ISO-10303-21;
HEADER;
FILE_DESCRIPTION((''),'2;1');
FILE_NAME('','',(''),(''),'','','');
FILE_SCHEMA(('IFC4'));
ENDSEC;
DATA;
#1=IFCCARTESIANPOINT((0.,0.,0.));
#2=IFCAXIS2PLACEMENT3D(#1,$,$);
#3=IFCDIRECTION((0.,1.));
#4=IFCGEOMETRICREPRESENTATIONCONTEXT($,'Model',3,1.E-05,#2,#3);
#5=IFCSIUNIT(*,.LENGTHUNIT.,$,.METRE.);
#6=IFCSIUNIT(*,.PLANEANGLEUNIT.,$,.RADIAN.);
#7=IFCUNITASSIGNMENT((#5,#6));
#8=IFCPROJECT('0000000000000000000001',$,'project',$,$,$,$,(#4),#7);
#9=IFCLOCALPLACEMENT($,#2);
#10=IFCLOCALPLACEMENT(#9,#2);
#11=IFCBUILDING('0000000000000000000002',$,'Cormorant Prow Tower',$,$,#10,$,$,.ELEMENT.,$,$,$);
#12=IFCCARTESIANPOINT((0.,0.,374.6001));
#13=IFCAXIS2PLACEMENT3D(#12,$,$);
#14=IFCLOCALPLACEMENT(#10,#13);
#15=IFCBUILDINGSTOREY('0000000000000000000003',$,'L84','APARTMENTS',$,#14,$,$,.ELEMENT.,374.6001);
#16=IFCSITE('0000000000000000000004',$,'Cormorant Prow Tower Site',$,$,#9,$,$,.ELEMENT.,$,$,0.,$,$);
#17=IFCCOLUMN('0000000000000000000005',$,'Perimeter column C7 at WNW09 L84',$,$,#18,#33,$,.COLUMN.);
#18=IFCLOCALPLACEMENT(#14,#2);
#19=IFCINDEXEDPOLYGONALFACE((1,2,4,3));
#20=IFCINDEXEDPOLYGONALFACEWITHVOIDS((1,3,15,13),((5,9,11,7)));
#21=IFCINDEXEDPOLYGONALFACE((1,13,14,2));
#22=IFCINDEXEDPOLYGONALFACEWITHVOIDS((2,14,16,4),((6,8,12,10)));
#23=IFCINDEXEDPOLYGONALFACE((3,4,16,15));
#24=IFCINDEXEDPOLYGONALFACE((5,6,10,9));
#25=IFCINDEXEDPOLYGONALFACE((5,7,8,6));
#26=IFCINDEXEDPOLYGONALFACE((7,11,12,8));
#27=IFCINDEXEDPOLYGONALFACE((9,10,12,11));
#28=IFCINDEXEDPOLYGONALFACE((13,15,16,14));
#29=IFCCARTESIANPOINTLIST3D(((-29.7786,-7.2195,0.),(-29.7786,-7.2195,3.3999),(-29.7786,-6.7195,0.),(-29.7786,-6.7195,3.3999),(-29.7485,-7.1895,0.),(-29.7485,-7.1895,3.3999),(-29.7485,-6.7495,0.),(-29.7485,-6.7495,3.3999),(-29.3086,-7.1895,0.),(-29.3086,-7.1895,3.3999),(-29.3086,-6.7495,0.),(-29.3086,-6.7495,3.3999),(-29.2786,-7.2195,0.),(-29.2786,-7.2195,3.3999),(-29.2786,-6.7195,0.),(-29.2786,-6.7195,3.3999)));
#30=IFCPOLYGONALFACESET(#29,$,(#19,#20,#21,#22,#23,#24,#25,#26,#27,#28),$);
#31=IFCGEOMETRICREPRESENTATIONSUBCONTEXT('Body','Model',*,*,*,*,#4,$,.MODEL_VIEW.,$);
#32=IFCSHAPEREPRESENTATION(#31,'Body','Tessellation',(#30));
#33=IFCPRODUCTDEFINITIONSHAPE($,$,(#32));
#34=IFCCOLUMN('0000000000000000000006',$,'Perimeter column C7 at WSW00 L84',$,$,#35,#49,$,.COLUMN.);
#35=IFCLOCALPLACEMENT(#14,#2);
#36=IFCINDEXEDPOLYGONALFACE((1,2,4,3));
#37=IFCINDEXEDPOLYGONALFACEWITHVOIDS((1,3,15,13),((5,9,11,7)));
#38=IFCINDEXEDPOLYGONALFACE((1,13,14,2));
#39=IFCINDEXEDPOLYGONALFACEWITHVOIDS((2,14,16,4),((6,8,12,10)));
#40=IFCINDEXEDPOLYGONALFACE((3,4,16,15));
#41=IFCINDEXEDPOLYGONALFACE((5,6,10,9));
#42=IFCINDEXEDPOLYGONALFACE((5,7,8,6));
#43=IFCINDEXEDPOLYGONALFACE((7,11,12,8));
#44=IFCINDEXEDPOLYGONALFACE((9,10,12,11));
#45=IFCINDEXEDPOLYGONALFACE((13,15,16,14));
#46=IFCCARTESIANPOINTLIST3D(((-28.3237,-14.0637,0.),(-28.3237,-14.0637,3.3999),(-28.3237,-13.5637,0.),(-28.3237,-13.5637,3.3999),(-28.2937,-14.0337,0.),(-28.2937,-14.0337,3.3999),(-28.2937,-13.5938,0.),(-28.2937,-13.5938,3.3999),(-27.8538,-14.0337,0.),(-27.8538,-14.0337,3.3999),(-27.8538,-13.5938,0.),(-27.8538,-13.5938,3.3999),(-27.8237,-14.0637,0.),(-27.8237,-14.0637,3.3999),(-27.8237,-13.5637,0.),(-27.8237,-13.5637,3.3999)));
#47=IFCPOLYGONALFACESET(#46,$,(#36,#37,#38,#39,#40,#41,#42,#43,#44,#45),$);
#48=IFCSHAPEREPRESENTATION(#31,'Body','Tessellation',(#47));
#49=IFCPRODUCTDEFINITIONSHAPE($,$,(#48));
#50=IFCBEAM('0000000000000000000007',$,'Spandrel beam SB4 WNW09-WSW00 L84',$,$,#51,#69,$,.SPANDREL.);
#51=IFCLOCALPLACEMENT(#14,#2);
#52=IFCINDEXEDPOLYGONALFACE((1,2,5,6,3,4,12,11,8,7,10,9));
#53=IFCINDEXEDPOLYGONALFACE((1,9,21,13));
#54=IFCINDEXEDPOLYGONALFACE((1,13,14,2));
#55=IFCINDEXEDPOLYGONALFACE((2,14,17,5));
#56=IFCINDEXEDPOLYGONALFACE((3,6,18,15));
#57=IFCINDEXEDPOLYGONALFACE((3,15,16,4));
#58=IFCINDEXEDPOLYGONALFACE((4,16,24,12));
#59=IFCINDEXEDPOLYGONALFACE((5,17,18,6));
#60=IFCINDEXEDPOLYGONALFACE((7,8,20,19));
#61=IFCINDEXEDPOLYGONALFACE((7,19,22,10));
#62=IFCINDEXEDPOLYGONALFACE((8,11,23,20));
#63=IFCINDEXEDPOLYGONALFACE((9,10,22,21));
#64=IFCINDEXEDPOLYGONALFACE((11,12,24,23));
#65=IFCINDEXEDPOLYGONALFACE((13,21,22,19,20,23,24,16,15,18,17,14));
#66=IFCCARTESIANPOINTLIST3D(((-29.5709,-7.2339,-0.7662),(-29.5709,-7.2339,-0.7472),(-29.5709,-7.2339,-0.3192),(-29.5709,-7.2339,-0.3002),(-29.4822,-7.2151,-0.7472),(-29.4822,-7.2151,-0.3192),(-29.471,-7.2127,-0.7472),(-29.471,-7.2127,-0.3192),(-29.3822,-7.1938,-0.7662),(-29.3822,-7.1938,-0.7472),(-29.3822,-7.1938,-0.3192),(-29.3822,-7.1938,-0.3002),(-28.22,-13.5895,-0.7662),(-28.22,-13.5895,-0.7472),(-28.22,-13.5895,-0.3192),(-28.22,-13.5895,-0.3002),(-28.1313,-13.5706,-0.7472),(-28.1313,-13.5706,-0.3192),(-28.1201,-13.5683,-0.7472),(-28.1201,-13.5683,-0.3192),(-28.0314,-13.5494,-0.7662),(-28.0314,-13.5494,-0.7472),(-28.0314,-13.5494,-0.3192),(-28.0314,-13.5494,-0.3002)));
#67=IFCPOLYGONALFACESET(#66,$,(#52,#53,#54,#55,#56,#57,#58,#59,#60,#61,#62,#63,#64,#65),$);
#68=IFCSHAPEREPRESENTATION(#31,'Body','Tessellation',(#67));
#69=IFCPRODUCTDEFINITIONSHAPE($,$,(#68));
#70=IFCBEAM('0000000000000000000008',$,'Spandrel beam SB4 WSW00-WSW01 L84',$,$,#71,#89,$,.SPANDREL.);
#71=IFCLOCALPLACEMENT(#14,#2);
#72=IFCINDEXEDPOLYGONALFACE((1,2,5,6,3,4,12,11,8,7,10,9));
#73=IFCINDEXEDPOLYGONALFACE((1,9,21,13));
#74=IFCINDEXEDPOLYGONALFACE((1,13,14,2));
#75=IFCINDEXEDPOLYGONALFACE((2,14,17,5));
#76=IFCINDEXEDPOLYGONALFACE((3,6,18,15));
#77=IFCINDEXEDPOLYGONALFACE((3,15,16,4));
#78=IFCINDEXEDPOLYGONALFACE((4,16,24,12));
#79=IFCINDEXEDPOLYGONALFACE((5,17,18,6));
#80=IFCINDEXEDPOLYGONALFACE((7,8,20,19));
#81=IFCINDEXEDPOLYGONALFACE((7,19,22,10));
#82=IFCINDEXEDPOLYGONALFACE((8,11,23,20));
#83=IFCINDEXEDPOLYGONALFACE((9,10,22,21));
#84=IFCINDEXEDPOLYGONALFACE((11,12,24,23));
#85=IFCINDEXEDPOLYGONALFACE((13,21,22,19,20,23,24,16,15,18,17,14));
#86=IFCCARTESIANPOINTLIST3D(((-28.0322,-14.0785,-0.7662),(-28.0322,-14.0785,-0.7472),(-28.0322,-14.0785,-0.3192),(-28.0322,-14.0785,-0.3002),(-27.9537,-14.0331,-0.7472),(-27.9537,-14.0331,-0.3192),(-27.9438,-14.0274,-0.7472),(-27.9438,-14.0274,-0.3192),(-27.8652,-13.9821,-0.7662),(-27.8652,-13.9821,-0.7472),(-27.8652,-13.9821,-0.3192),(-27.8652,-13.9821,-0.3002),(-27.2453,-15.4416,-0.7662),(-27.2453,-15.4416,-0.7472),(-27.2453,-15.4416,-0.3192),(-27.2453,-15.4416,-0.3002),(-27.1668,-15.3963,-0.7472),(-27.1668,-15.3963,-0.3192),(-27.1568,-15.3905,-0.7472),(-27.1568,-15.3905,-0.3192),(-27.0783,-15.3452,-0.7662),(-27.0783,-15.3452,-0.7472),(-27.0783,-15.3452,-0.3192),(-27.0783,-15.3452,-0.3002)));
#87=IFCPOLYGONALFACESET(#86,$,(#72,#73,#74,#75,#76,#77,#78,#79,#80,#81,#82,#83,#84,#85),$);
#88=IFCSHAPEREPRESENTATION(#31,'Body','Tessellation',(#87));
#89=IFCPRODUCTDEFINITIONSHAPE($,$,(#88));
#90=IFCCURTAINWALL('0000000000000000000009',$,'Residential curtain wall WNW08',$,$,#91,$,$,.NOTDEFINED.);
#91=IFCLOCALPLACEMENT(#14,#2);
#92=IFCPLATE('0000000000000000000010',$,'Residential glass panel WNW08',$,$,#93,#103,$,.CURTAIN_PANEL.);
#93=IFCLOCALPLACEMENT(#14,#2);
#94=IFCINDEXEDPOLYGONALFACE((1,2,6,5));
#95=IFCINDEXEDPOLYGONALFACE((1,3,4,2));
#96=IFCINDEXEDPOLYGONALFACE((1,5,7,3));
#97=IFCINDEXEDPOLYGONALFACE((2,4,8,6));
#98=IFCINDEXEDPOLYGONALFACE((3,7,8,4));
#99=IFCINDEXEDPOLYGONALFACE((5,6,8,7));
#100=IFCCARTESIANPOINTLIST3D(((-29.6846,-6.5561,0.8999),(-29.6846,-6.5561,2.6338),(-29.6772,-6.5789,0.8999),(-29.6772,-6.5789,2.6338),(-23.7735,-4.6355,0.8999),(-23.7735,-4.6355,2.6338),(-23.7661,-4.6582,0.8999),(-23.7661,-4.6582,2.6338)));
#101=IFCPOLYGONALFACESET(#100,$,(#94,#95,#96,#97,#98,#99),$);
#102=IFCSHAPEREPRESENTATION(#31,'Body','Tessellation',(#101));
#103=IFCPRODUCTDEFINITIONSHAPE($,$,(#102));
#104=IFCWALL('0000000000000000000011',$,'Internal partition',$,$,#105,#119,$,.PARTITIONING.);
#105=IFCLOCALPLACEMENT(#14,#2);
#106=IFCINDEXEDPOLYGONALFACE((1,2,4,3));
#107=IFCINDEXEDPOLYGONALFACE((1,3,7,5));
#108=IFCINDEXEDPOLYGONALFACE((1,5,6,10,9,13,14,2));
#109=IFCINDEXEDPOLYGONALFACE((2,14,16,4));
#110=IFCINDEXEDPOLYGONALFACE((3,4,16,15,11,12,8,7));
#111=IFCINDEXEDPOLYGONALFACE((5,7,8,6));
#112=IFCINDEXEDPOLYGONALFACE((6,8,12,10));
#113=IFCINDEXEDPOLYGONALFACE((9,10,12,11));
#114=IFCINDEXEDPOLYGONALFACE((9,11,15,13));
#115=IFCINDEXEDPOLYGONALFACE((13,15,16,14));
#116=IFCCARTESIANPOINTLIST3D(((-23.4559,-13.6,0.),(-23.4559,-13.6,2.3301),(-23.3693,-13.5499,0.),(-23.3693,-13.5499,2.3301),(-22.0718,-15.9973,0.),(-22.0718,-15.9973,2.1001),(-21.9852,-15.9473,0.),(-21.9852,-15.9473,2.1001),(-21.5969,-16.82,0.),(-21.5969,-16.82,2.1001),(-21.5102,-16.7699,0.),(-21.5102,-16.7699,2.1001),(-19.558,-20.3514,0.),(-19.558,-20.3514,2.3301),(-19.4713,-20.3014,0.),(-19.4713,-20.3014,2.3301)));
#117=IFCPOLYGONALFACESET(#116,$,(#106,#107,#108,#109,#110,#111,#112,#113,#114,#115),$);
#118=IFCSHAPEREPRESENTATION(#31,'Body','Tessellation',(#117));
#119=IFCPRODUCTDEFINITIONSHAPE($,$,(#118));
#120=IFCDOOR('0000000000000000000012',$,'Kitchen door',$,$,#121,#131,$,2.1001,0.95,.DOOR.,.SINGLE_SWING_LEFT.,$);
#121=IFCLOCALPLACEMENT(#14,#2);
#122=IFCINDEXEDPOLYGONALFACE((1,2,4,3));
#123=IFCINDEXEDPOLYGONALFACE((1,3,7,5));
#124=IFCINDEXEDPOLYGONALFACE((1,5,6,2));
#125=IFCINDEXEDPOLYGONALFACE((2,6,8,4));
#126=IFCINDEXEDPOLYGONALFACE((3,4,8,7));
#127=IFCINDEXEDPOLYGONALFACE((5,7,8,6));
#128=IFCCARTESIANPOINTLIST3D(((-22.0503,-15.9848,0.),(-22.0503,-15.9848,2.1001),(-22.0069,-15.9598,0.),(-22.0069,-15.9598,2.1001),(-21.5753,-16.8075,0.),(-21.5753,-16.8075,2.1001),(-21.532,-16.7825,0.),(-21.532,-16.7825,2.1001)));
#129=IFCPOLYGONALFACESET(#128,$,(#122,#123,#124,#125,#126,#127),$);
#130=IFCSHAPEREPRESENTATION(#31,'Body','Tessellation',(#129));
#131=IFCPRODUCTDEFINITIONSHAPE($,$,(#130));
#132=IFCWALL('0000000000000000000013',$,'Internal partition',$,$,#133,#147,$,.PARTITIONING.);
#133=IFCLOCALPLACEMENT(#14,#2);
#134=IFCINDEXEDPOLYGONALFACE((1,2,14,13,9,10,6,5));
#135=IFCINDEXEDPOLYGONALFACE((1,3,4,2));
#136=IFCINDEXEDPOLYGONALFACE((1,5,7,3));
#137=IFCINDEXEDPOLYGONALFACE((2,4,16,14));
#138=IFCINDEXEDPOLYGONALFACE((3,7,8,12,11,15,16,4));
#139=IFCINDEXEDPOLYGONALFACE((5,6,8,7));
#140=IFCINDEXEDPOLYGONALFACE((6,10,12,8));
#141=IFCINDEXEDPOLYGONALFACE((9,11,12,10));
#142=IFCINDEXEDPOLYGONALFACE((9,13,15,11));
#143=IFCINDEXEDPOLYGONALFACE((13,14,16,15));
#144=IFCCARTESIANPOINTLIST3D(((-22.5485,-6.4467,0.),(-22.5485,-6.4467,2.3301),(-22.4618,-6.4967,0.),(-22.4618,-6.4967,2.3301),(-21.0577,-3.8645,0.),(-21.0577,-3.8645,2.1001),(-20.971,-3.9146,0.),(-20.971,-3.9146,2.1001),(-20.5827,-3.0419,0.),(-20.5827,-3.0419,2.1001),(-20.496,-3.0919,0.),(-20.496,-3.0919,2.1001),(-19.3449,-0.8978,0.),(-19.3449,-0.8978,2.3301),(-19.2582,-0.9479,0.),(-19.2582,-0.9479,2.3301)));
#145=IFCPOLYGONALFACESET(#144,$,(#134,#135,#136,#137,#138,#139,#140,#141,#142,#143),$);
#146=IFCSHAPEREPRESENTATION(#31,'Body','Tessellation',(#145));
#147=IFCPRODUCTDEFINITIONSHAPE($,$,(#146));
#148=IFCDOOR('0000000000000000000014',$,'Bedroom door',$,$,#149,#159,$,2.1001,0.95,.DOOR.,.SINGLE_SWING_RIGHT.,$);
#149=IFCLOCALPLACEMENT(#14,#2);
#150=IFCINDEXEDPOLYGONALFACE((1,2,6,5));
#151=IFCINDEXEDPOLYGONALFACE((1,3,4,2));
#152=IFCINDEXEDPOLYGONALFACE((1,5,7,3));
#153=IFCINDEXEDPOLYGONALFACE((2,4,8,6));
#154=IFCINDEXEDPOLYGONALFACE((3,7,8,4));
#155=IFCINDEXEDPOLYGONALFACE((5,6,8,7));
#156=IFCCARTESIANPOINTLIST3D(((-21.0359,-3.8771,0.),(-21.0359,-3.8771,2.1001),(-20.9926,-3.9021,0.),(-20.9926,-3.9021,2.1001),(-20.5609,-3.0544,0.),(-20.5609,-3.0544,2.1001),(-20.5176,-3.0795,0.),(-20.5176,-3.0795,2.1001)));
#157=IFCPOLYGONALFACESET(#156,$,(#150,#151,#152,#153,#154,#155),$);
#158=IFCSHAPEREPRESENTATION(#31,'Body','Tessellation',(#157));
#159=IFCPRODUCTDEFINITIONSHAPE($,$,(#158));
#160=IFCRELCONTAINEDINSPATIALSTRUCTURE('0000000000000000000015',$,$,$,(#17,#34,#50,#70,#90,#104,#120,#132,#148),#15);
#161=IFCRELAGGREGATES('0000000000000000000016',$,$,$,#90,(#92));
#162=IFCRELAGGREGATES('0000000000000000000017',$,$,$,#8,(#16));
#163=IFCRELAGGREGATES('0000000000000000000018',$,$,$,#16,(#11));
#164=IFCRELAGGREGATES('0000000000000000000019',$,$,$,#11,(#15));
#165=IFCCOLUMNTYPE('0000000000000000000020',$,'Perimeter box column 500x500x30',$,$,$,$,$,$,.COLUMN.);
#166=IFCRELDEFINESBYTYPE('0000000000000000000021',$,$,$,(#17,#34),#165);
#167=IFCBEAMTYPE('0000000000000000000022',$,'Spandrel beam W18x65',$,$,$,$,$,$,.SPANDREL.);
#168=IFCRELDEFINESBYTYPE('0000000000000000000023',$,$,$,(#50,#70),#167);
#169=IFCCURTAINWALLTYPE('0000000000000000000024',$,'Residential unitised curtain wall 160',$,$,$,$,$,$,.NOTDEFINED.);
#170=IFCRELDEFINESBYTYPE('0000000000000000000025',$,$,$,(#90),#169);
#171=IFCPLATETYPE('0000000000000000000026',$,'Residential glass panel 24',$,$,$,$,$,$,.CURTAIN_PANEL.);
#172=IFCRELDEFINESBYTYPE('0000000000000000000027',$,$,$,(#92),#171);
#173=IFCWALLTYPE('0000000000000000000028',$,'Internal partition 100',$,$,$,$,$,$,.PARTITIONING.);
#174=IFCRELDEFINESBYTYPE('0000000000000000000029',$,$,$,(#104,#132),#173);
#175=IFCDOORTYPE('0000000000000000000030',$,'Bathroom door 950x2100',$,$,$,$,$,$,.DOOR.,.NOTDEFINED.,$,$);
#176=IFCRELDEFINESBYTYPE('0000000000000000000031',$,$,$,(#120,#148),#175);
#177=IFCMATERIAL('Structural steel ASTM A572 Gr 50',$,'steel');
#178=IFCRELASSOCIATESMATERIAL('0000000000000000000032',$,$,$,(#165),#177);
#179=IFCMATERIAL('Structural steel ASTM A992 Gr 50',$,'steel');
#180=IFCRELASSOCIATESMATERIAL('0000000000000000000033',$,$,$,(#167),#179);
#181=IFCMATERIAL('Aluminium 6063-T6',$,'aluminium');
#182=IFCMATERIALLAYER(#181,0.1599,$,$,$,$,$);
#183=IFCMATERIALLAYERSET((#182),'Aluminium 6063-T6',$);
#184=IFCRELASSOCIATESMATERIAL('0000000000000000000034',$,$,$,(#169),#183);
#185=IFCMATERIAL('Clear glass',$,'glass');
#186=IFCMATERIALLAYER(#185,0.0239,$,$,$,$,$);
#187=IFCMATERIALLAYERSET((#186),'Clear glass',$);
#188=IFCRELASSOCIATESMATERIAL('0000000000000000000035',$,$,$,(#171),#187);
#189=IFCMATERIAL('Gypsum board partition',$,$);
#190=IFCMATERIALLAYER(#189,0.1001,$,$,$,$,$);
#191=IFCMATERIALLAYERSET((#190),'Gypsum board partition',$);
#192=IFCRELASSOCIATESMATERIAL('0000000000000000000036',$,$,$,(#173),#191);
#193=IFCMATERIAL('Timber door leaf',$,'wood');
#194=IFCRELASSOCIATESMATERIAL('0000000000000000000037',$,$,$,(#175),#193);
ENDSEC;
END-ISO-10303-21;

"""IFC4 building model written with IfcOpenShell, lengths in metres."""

from ifc_helpers import new_model, si_unit, direction, frame, frame_2d, origin, origin_2d, place, context, subcontext, project, spatial, rectangle, hollow_rectangle, i_section, extrude, material, layer, layer_set, material_profile, profile_set, type_object, element, fill, aggregate, save


model = new_model("IFC4")

# Units and contexts
model_context = context("Model", 3, precision=1e-05, world=origin(), true_north=direction((0.0, 1.0)))
body_context = subcontext(model_context, "Body", "Model", "MODEL_VIEW")
ifc_project = project(units=[si_unit("LENGTHUNIT", "METRE"), si_unit("PLANEANGLEUNIT", "RADIAN")], contexts=[model_context])

# Site, building, storey
site_placement = place(None, origin())
site = spatial("IfcSite", under=ifc_project, at=site_placement, Name="Cormorant Prow Tower Site", CompositionType="ELEMENT", RefElevation=0.0)
building_placement = place(site_placement, origin())
building = spatial("IfcBuilding", under=site, at=building_placement, Name="Cormorant Prow Tower", CompositionType="ELEMENT")
storey_placement = place(building_placement, frame((0.0, 0.0, 374.6001)))
storey = spatial("IfcBuildingStorey", under=building, at=storey_placement, Name="L84", Description="APARTMENTS", CompositionType="ELEMENT", Elevation=374.6001)

# Columns
ifc_material_1 = material(Name="Structural steel ASTM A572 Gr 50", Category="steel")
ifc_material_profile_1 = material_profile(ifc_material_1, hollow_rectangle(XDim=0.5, YDim=0.5, WallThickness=0.03, at=origin_2d()), Name="Box 500x500x30")
ifc_profile_set_1 = profile_set([ifc_material_profile_1], Name="Structural steel ASTM A572 Gr 50")
column_type = type_object("IfcColumnType", Name="Perimeter box column 500x500x30", PredefinedType="COLUMN", material=ifc_profile_set_1)
for number, where, z_axis, x_axis, name in (
    (1, (-29.5286, -6.9695, 0.0), (0.0, 0.0, 1.0), (1.0, 0.0, 0.0), "Perimeter column C7 at WNW09 L84"),
    (2, (-28.0737, -13.8137, 0.0), (0.0, 0.0, 1.0), (1.0, 0.0, 0.0), "Perimeter column C7 at WSW00 L84"),
):
    element("IfcColumn", number, at=place(storey_placement, frame(where, z_axis=z_axis, x_axis=x_axis)), inside=storey, type_object=column_type, Name=name, PredefinedType="COLUMN", context=body_context, shape_type="SweptSolid", body=[
        extrude(hollow_rectangle(XDim=0.5, YDim=0.5, WallThickness=0.03, at=origin_2d()), origin(), (0.0, 0.0, 1.0), 3.3999),
    ])

# Beams
ifc_material_2 = material(Name="Structural steel ASTM A992 Gr 50", Category="steel")
ifc_material_profile_2 = material_profile(ifc_material_2, i_section(OverallWidth=0.1929, OverallDepth=0.4661, WebThickness=0.0115, FlangeThickness=0.019, at=origin_2d()), Name="W18x65")
ifc_profile_set_2 = profile_set([ifc_material_profile_2], Name="Structural steel ASTM A992 Gr 50")
beam_type = type_object("IfcBeamType", Name="Spandrel beam W18x65", PredefinedType="SPANDREL", material=ifc_profile_set_2)
beam_1_placement = place(storey_placement, frame((-29.4766, -7.2139, -0.5332), z_axis=(0.207902, -0.97815, 0.0), x_axis=(0.97815, 0.207902, 0.0)))
element("IfcBeam", 3, at=beam_1_placement, inside=storey, type_object=beam_type, Name="Spandrel beam SB4 WNW09-WSW00 L84", PredefinedType="SPANDREL", context=body_context, shape_type="SweptSolid", body=[
    extrude(i_section(OverallWidth=0.1929, OverallDepth=0.4661, WebThickness=0.0115, FlangeThickness=0.019, at=origin_2d()), origin(), (0.0, 0.0, 1.0), 6.4976),
])
beam_2_placement = place(storey_placement, frame((-27.9487, -14.0303, -0.5332), z_axis=(0.49996, -0.866049, 0.0), x_axis=(0.866049, 0.49996, 0.0)))
element("IfcBeam", 4, at=beam_2_placement, inside=storey, type_object=beam_type, Name="Spandrel beam SB4 WSW00-WSW01 L84", PredefinedType="SPANDREL", context=body_context, shape_type="SweptSolid", body=[
    extrude(i_section(OverallWidth=0.1929, OverallDepth=0.4661, WebThickness=0.0115, FlangeThickness=0.019, at=origin_2d()), origin(), (0.0, 0.0, 1.0), 1.574),
])

# Curtain wall, plate
ifc_material_3 = material(Name="Aluminium 6063-T6", Category="aluminium")
ifc_layer_1 = layer(ifc_material_3, 0.1599)
ifc_layer_set_1 = layer_set([ifc_layer_1], Name="Aluminium 6063-T6")
curtain_wall_type = type_object("IfcCurtainWallType", Name="Residential unitised curtain wall 160", PredefinedType="NOTDEFINED", material=ifc_layer_set_1)
curtain_wall_placement = place(storey_placement, origin())
curtain_wall = element("IfcCurtainWall", 5, at=curtain_wall_placement, inside=storey, type_object=curtain_wall_type, Name="Residential curtain wall WNW08", PredefinedType="NOTDEFINED")
ifc_material_4 = material(Name="Clear glass", Category="glass")
ifc_layer_2 = layer(ifc_material_4, 0.0239)
ifc_layer_set_2 = layer_set([ifc_layer_2], Name="Clear glass")
plate_type = type_object("IfcPlateType", Name="Residential glass panel 24", PredefinedType="CURTAIN_PANEL", material=ifc_layer_set_2)
plate_placement = place(storey_placement, frame((-26.7253, -5.6072, 0.8999), z_axis=(0.0, 0.0, 1.0), x_axis=(-0.951056, -0.309017, 0.0)))
plate = element("IfcPlate", 6, at=plate_placement, type_object=plate_type, Name="Residential glass panel WNW08", PredefinedType="CURTAIN_PANEL", context=body_context, shape_type="SweptSolid", body=[
    extrude(rectangle(XDim=6.2153, YDim=0.0239, at=origin_2d()), origin(), (0.0, 0.0, 1.0), 1.7339),
])
aggregate(curtain_wall, [plate])

# Walls, openings, doors
ifc_material_5 = material(Name="Gypsum board partition")
ifc_layer_3 = layer(ifc_material_5, 0.1001)
ifc_layer_set_3 = layer_set([ifc_layer_3], Name="Gypsum board partition")
wall_type_1 = type_object("IfcWallType", Name="Internal partition 100", PredefinedType="PARTITIONING", material=ifc_layer_set_3)
wall_1_placement = place(storey_placement, frame((-23.4126, -13.575, 0.0), z_axis=(0.0, 0.0, 1.0), x_axis=(0.499999, -0.866026, 0.0)))
wall_1 = element("IfcWall", 7, at=wall_1_placement, inside=storey, type_object=wall_type_1, Name="Internal partition", PredefinedType="PARTITIONING", context=body_context, shape_type="SweptSolid", body=[
    extrude(rectangle(XDim=7.7959, YDim=0.1001, at=frame_2d((3.8979, 0.0))), origin(), (0.0, 0.0, 1.0), 2.3301),
])
opening_1_placement = place(wall_1_placement, frame((2.7681, 0.0, 0.0)))
opening_1 = element("IfcOpeningElement", 8, at=opening_1_placement, cuts=wall_1, PredefinedType="OPENING", context=body_context, shape_type="SweptSolid", body=[
    extrude(rectangle(XDim=0.95, YDim=2.1001, at=frame_2d((0.4751, 1.05))), frame((0.0, 0.0601, 0.0), z_axis=(0.0, -1.0, 0.0), x_axis=(1.0, 0.0, 0.0)), (0.0, 0.0, 1.0), 0.1201),
])
ifc_material_6 = material(Name="Timber door leaf", Category="wood")
door_type_1 = type_object("IfcDoorType", Name="Bathroom door 950x2100", OperationType="NOTDEFINED", PredefinedType="DOOR", material=ifc_material_6)
door_1_placement = place(opening_1_placement, origin())
door_1 = element("IfcDoor", 9, at=door_1_placement, inside=storey, type_object=door_type_1, Name="Kitchen door", OperationType="SINGLE_SWING_LEFT", OverallHeight=2.1001, OverallWidth=0.95, PredefinedType="DOOR", context=body_context, shape_type="SweptSolid", body=[
    extrude(rectangle(XDim=0.95, YDim=2.1001, at=frame_2d((0.4751, 1.05))), frame((0.0, 0.0249, 0.0), z_axis=(0.0, -1.0, 0.0), x_axis=(1.0, 0.0, 0.0)), (0.0, 0.0, 1.0), 0.05),
])
fill(opening_1, door_1)
wall_2_placement = place(storey_placement, frame((-22.5051, -6.4717, 0.0), z_axis=(0.0, 0.0, 1.0), x_axis=(0.5, 0.866026, 0.0)))
wall_2 = element("IfcWall", 10, at=wall_2_placement, inside=storey, type_object=wall_type_1, Name="Internal partition", PredefinedType="PARTITIONING", context=body_context, shape_type="SweptSolid", body=[
    extrude(rectangle(XDim=6.4072, YDim=0.1001, at=frame_2d((3.2036, 0.0))), origin(), (0.0, 0.0, 1.0), 2.3301),
])
opening_2_placement = place(wall_2_placement, frame((2.9814, 0.0, 0.0)))
opening_2 = element("IfcOpeningElement", 11, at=opening_2_placement, cuts=wall_2, PredefinedType="OPENING", context=body_context, shape_type="SweptSolid", body=[
    extrude(rectangle(XDim=0.95, YDim=2.1001, at=frame_2d((0.4751, 1.05))), frame((0.0, 0.0601, 0.0), z_axis=(0.0, -1.0, 0.0), x_axis=(1.0, 0.0, 0.0)), (0.0, 0.0, 1.0), 0.1201),
])
door_2_placement = place(opening_2_placement, origin())
door_2 = element("IfcDoor", 12, at=door_2_placement, inside=storey, type_object=door_type_1, Name="Bedroom door", OperationType="SINGLE_SWING_RIGHT", OverallHeight=2.1001, OverallWidth=0.95, PredefinedType="DOOR", context=body_context, shape_type="SweptSolid", body=[
    extrude(rectangle(XDim=0.95, YDim=2.1001, at=frame_2d((0.4751, 1.05))), frame((0.0, 0.0249, 0.0), z_axis=(0.0, -1.0, 0.0), x_axis=(1.0, 0.0, 0.0)), (0.0, 0.0, 1.0), 0.05),
])
fill(opening_2, door_2)

save(model, "model.ifc")
